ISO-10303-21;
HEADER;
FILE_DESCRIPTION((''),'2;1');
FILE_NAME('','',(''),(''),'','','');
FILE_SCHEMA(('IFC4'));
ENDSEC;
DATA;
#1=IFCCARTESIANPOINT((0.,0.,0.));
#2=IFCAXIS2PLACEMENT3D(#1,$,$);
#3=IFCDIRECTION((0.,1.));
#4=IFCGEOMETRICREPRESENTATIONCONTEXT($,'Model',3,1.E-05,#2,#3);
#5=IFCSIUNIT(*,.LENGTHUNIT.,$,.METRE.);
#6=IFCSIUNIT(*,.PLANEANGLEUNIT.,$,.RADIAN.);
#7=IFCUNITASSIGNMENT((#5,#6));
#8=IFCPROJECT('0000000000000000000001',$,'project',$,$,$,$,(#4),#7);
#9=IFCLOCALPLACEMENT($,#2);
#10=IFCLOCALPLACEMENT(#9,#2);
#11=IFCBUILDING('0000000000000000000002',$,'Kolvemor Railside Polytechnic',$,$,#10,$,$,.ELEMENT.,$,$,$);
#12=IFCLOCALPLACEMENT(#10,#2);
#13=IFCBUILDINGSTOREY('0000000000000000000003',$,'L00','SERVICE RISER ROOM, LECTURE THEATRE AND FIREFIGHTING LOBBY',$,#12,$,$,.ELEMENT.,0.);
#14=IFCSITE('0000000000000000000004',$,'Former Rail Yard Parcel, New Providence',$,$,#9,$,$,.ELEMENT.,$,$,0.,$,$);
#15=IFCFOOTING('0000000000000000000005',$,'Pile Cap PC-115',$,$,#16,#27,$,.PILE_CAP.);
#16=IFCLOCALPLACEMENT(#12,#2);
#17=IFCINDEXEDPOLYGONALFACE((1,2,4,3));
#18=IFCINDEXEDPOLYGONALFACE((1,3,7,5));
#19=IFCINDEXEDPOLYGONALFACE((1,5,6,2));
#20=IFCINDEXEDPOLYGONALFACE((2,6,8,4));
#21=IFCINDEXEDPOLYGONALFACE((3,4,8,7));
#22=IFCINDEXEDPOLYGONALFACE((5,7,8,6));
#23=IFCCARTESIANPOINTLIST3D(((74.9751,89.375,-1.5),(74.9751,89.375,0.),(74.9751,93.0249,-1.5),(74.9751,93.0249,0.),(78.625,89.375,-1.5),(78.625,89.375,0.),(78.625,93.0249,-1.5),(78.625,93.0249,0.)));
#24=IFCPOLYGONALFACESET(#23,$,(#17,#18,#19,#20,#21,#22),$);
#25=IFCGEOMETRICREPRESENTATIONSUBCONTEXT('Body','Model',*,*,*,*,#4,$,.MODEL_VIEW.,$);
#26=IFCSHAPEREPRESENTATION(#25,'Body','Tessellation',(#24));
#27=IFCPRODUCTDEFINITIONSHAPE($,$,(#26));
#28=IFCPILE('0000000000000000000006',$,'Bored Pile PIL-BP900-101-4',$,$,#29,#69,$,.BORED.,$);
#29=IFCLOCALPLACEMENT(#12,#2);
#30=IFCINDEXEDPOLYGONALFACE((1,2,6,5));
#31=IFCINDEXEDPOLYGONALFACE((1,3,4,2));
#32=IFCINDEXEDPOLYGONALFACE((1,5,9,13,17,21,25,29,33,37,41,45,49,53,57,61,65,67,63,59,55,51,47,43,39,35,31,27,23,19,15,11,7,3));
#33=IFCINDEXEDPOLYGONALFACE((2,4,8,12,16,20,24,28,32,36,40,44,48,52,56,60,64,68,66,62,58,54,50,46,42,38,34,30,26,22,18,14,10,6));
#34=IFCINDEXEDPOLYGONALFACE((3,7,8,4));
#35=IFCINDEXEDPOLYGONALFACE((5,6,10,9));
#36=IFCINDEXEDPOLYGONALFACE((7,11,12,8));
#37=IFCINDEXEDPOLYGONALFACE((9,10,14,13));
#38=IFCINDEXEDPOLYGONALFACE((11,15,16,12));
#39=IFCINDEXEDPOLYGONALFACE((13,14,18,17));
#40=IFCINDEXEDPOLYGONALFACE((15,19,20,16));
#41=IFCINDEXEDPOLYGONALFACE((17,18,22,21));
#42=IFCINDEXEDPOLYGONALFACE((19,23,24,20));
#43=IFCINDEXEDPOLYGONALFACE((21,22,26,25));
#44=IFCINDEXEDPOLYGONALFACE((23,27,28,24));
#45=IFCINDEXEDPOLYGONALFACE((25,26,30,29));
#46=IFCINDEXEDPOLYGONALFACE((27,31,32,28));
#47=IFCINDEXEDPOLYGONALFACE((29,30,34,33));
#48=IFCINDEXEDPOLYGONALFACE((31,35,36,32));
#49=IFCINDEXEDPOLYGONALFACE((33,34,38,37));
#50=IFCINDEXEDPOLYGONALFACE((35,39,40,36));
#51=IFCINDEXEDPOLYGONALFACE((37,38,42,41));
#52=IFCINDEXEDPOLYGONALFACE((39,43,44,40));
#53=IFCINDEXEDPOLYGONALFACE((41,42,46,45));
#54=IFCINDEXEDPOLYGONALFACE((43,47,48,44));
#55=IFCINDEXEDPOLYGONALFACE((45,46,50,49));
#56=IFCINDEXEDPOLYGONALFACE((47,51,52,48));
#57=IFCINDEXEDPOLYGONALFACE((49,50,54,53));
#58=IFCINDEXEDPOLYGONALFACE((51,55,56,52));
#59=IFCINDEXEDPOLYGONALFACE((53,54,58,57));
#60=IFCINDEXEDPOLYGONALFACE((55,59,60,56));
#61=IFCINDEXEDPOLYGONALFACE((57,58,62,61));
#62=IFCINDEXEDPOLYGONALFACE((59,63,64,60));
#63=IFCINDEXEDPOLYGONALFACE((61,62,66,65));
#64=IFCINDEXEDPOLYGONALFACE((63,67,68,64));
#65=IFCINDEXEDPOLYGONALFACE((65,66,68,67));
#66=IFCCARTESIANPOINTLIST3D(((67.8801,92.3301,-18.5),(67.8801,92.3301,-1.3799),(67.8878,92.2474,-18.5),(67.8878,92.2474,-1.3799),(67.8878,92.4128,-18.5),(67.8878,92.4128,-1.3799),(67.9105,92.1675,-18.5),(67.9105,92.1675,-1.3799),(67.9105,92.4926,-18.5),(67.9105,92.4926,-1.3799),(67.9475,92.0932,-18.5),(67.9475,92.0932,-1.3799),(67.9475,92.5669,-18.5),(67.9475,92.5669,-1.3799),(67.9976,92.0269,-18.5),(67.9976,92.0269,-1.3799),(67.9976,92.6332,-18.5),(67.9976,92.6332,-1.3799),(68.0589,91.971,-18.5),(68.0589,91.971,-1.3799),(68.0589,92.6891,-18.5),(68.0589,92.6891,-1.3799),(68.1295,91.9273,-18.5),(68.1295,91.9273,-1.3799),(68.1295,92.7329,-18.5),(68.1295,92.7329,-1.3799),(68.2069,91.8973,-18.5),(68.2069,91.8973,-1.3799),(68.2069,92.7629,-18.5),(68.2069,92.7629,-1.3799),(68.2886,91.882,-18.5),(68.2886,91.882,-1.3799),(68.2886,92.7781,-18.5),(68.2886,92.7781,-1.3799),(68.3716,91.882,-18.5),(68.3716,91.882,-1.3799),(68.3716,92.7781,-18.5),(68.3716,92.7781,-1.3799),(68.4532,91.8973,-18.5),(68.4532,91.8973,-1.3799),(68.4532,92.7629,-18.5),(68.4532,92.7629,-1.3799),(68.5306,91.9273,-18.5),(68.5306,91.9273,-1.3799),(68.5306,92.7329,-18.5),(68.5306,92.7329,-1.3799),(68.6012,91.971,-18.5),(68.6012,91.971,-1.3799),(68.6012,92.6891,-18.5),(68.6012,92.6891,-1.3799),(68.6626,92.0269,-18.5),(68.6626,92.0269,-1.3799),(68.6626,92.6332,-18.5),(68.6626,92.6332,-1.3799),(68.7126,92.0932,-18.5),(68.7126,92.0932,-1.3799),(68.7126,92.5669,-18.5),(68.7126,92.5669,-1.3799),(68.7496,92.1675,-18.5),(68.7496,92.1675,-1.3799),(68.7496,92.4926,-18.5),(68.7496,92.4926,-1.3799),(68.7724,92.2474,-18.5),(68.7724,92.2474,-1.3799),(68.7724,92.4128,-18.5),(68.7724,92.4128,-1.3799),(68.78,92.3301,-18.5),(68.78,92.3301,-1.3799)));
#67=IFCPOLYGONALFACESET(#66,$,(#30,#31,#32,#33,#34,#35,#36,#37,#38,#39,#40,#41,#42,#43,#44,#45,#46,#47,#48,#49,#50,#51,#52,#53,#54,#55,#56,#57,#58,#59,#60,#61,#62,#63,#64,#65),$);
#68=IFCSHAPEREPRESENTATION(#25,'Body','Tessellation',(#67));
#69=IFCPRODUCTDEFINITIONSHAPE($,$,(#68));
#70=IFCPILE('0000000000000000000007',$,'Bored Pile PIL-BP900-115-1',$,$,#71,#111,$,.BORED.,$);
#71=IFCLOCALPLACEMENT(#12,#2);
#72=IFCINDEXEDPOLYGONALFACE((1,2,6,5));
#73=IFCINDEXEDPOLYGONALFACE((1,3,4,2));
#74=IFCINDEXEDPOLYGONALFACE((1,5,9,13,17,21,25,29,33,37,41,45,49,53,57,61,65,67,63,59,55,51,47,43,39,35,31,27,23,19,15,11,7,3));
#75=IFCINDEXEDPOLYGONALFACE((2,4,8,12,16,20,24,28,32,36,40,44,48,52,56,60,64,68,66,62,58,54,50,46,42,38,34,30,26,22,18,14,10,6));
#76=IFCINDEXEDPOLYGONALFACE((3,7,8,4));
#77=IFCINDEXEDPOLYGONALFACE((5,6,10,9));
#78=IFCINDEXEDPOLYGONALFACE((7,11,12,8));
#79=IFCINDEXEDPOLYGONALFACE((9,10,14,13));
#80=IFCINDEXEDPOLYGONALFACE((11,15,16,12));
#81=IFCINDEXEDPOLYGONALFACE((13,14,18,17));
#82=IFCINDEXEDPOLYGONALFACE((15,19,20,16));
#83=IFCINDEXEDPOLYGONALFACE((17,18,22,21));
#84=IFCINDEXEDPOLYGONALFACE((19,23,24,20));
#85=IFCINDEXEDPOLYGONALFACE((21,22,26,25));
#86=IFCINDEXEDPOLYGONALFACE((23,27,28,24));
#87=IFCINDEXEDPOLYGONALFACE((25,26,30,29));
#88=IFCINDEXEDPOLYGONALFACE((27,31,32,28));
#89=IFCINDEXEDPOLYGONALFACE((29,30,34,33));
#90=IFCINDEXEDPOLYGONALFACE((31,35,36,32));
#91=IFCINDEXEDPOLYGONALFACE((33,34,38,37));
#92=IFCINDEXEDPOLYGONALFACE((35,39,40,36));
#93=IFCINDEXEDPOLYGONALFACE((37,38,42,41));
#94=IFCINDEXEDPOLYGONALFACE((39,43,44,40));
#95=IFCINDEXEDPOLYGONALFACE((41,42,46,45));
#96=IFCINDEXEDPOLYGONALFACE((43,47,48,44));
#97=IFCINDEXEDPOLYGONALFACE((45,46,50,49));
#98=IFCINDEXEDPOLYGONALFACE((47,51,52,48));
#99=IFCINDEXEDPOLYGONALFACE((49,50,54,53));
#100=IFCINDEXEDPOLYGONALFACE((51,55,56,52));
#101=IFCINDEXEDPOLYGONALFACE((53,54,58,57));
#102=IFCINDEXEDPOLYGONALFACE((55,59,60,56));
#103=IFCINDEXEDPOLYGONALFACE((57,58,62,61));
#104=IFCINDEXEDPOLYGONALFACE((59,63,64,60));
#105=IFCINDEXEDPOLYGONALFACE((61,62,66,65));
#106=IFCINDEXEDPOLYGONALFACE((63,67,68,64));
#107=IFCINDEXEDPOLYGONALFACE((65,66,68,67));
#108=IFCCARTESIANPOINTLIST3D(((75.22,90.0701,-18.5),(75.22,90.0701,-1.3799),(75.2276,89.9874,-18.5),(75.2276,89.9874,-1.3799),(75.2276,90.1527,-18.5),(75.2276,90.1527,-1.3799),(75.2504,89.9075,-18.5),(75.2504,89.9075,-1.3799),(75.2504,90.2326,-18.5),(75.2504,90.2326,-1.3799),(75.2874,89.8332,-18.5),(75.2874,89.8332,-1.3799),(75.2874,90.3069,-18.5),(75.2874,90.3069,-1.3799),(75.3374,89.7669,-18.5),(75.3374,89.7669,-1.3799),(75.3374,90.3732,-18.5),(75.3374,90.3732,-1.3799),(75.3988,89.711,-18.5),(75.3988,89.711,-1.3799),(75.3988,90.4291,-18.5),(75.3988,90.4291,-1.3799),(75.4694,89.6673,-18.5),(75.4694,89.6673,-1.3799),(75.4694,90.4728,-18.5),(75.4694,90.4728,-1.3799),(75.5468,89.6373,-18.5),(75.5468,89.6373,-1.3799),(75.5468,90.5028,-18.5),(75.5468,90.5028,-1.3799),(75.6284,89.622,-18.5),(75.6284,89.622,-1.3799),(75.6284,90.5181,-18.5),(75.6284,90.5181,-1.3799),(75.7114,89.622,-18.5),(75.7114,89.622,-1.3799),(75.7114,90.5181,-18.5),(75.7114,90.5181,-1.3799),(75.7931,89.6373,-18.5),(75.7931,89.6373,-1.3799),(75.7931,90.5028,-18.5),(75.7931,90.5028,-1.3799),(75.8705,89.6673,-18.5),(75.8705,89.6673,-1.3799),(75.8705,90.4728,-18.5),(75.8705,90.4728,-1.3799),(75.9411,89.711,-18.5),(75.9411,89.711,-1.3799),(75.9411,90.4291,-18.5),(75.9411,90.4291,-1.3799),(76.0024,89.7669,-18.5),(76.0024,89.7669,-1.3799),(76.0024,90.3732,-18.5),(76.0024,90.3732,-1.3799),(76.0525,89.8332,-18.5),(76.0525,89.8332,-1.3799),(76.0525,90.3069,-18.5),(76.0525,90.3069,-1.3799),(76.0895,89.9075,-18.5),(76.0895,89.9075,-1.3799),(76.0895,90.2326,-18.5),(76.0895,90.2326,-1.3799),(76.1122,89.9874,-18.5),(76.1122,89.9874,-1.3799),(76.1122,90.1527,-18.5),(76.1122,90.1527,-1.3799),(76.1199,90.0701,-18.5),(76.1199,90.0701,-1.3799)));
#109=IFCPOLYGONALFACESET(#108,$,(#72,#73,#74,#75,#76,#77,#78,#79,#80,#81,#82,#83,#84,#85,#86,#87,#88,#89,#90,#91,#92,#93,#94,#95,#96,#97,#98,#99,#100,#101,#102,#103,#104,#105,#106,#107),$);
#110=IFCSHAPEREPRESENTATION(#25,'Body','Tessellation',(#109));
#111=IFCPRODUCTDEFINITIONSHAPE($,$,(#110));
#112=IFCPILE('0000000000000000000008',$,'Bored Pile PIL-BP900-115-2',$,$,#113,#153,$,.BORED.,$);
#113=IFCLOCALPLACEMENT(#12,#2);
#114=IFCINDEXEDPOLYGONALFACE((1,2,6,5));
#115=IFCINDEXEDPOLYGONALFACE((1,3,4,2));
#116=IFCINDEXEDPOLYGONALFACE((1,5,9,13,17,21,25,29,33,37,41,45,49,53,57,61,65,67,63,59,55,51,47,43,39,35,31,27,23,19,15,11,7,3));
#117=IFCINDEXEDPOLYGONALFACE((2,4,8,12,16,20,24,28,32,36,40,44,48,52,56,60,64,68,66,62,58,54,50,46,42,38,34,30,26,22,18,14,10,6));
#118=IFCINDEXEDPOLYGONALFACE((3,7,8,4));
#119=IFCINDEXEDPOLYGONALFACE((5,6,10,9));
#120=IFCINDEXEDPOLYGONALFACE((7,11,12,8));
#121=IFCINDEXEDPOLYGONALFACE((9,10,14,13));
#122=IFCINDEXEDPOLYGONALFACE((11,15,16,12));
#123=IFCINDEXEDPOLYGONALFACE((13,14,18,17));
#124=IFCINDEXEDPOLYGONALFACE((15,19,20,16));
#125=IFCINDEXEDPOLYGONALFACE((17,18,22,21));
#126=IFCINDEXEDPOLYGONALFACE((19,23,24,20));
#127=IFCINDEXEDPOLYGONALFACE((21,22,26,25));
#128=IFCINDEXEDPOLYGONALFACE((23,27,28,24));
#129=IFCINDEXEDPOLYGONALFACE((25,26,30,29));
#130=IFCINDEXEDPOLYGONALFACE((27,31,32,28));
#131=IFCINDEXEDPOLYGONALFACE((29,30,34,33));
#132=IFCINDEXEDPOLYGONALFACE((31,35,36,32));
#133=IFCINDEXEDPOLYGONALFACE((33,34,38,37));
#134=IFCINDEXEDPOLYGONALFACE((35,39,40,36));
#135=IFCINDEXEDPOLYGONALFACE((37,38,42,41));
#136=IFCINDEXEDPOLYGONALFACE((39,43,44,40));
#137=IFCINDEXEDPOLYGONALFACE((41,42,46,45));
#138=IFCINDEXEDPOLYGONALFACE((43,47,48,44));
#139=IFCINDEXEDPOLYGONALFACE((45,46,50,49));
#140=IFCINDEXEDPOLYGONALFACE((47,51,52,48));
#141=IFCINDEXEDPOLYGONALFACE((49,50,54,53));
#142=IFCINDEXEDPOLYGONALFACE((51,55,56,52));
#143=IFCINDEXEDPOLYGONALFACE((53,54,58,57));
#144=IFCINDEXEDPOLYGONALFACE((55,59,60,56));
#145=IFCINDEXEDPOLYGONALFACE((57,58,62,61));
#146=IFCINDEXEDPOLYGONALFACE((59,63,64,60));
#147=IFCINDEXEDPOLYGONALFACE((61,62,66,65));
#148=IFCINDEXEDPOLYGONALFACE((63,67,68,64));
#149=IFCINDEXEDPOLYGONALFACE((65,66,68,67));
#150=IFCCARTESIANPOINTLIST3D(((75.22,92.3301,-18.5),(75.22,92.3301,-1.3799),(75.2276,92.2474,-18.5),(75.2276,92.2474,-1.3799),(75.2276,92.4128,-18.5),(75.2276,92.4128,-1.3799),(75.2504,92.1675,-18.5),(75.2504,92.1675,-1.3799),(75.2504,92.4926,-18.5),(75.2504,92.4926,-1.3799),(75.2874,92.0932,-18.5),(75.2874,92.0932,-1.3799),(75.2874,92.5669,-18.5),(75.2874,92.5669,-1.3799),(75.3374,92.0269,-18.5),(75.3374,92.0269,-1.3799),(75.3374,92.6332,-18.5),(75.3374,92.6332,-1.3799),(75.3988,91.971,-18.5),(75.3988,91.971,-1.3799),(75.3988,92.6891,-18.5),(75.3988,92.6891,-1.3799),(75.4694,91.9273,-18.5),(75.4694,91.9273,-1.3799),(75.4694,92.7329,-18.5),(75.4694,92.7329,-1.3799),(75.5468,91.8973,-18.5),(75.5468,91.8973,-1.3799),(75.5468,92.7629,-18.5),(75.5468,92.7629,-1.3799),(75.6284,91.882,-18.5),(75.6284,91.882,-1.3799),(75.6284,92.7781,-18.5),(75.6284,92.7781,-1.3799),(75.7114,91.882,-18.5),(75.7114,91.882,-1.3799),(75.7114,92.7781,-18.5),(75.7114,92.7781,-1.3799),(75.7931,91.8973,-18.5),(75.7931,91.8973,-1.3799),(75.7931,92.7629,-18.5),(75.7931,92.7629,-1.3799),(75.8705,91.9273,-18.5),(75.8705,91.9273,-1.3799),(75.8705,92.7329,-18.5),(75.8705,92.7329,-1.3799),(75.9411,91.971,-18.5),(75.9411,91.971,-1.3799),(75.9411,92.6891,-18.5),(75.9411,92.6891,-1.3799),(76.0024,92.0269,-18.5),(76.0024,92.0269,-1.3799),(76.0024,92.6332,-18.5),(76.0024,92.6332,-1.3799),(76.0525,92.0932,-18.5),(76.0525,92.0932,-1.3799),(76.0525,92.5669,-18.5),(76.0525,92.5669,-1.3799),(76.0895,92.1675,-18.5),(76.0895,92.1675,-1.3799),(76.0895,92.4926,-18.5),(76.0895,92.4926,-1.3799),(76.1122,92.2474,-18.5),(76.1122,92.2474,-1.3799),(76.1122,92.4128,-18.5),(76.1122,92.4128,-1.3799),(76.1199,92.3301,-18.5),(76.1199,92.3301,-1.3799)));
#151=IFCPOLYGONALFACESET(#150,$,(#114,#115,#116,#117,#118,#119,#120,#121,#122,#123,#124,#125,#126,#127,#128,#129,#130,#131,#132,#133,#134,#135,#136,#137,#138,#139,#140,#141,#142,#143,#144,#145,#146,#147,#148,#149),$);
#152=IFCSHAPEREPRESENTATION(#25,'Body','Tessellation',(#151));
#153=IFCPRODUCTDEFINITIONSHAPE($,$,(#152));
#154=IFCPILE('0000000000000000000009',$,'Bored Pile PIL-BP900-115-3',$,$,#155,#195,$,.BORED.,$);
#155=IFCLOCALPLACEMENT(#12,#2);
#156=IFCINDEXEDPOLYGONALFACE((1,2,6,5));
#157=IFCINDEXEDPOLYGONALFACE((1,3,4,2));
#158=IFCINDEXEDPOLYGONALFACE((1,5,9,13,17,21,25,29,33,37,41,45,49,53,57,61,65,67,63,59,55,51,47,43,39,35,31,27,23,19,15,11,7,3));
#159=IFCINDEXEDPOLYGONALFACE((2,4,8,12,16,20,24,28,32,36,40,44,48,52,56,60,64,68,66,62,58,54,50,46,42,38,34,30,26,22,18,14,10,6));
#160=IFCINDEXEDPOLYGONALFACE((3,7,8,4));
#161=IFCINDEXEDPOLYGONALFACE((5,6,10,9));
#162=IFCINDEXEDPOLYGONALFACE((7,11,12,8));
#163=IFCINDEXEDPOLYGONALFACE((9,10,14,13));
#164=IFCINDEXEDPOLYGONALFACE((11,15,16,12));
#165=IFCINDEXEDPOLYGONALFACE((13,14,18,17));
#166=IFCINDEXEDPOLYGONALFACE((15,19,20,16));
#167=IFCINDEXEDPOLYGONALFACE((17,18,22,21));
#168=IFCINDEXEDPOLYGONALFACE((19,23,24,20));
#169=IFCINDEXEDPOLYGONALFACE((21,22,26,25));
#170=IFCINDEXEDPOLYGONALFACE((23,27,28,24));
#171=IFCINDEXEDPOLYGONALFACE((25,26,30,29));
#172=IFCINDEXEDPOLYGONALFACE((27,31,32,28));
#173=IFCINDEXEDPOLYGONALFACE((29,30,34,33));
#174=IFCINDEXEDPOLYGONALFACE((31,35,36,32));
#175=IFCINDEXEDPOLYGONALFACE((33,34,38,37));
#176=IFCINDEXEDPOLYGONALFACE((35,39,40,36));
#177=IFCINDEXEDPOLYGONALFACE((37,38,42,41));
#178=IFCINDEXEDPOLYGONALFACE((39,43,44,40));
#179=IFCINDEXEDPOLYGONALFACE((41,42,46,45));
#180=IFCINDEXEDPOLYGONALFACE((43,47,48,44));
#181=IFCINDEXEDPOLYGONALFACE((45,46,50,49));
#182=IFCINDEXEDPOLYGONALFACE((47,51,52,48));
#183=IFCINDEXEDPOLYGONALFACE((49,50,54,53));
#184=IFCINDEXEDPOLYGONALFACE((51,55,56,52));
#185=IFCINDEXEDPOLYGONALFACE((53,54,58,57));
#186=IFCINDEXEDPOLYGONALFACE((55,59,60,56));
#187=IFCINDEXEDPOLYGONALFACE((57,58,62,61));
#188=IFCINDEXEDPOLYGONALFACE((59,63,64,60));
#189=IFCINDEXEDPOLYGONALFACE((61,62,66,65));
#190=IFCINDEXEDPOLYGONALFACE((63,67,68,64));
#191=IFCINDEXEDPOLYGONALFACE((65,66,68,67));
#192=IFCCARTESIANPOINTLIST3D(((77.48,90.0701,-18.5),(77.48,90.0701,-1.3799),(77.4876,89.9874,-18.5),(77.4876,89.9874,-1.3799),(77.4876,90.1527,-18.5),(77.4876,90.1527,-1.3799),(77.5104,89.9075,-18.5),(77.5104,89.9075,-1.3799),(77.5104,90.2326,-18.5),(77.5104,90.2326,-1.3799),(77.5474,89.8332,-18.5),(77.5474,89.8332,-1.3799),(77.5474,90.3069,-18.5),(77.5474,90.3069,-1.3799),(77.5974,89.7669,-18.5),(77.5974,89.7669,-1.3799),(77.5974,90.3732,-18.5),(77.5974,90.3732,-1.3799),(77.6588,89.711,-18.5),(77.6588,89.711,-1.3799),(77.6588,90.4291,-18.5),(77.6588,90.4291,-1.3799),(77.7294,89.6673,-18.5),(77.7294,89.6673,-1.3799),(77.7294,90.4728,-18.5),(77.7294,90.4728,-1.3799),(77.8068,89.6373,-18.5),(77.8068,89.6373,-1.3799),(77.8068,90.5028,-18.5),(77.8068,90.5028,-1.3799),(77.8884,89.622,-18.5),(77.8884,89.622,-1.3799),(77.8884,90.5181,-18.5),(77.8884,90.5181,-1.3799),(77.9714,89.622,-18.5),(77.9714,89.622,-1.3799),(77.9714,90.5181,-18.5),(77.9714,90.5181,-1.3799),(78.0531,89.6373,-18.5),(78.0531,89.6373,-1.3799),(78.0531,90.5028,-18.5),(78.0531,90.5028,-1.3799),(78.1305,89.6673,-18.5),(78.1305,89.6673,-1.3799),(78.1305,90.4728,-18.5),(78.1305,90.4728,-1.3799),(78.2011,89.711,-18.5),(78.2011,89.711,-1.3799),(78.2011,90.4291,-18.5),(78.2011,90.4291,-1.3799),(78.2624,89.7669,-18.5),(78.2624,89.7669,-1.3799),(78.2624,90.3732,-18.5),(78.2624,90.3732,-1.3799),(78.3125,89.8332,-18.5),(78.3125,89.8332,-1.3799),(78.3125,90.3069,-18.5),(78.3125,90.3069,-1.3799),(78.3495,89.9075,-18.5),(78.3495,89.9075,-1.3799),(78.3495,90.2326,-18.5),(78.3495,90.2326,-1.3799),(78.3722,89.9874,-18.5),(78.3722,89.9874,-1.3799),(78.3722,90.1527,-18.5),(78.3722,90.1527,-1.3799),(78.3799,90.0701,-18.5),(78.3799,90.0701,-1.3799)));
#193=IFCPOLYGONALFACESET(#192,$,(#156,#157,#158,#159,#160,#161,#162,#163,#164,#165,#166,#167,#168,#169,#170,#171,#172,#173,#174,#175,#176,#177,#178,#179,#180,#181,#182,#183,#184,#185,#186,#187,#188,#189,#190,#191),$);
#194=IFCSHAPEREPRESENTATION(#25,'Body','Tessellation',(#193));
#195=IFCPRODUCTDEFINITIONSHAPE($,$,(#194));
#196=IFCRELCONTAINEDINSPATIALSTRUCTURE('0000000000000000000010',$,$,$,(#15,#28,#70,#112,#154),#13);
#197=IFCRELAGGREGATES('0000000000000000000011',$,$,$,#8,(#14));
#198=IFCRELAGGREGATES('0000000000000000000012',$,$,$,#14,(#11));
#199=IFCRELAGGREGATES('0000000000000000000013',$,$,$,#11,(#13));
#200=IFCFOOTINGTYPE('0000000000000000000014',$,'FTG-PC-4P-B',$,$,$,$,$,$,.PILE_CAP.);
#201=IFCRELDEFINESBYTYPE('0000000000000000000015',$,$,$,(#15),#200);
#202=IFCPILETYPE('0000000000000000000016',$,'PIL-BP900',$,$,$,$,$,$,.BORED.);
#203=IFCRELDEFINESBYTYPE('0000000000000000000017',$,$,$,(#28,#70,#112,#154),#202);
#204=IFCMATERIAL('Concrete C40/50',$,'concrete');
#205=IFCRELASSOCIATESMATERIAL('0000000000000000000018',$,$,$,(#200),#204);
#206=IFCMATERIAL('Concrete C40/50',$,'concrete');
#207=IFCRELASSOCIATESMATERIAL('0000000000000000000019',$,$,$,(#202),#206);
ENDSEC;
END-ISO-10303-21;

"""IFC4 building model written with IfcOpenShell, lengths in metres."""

from ifc_helpers import new_model, si_unit, direction, frame, origin, origin_2d, place, context, subcontext, project, spatial, rectangle, circle, extrude, material, material_profile, profile_set, type_object, element, save


model = new_model("IFC4")

# Units and contexts
model_context = context("Model", 3, precision=1e-05, world=origin(), true_north=direction((0.0, 1.0)))
body_context = subcontext(model_context, "Body", "Model", "MODEL_VIEW")
ifc_project = project(units=[si_unit("LENGTHUNIT", "METRE"), si_unit("PLANEANGLEUNIT", "RADIAN")], contexts=[model_context])

# Site, building, storey
site_placement = place(None, origin())
site = spatial("IfcSite", under=ifc_project, at=site_placement, Name="Former Rail Yard Parcel, New Providence", CompositionType="ELEMENT", RefElevation=0.0)
building_placement = place(site_placement, origin())
building = spatial("IfcBuilding", under=site, at=building_placement, Name="Kolvemor Railside Polytechnic", CompositionType="ELEMENT")
storey_placement = place(building_placement, origin())
storey = spatial("IfcBuildingStorey", under=building, at=storey_placement, Name="L00", Description="SERVICE RISER ROOM, LECTURE THEATRE AND FIREFIGHTING LOBBY", CompositionType="ELEMENT", Elevation=0.0)

# Footing
ifc_material_1 = material(Name="Concrete C40/50", Category="concrete")
footing_type = type_object("IfcFootingType", Name="FTG-PC-4P-B", PredefinedType="PILE_CAP", material=ifc_material_1)
footing_placement = place(storey_placement, frame((76.8, 91.2, -1.5), z_axis=(0.0, 0.0, 1.0), x_axis=(1.0, 0.0, 0.0)))
element("IfcFooting", 1, at=footing_placement, inside=storey, type_object=footing_type, Name="Pile Cap PC-115", PredefinedType="PILE_CAP", context=body_context, shape_type="SweptSolid", body=[
    extrude(rectangle(XDim=3.6499, YDim=3.6499, at=origin_2d()), origin(), (0.0, 0.0, 1.0), 1.5),
])

# Piles
ifc_material_2 = material(Name="Concrete C40/50", Category="concrete")
ifc_material_profile_1 = material_profile(ifc_material_2, circle(Radius=0.45, at=origin_2d()), Name="BP900")
ifc_profile_set_1 = profile_set([ifc_material_profile_1], Name="Concrete C40/50")
pile_type = type_object("IfcPileType", Name="PIL-BP900", PredefinedType="BORED", material=ifc_profile_set_1)
for number, where, z_axis, x_axis, name in (
    (2, (68.3301, 92.3301, -1.3799), (0.0, 0.0, -1.0), (1.0, 0.0, 0.0), "Bored Pile PIL-BP900-101-4"),
    (3, (75.6699, 90.0701, -1.3799), (0.0, 0.0, -1.0), (1.0, 0.0, 0.0), "Bored Pile PIL-BP900-115-1"),
    (4, (75.6699, 92.3301, -1.3799), (0.0, 0.0, -1.0), (1.0, 0.0, 0.0), "Bored Pile PIL-BP900-115-2"),
    (5, (77.9299, 90.0701, -1.3799), (0.0, 0.0, -1.0), (1.0, 0.0, 0.0), "Bored Pile PIL-BP900-115-3"),
):
    element("IfcPile", number, at=place(storey_placement, frame(where, z_axis=z_axis, x_axis=x_axis)), inside=storey, type_object=pile_type, Name=name, PredefinedType="BORED", context=body_context, shape_type="SweptSolid", body=[
        extrude(circle(Radius=0.45, at=origin_2d()), origin(), (0.0, 0.0, 1.0), 17.1201),
    ])

save(model, "model.ifc")
